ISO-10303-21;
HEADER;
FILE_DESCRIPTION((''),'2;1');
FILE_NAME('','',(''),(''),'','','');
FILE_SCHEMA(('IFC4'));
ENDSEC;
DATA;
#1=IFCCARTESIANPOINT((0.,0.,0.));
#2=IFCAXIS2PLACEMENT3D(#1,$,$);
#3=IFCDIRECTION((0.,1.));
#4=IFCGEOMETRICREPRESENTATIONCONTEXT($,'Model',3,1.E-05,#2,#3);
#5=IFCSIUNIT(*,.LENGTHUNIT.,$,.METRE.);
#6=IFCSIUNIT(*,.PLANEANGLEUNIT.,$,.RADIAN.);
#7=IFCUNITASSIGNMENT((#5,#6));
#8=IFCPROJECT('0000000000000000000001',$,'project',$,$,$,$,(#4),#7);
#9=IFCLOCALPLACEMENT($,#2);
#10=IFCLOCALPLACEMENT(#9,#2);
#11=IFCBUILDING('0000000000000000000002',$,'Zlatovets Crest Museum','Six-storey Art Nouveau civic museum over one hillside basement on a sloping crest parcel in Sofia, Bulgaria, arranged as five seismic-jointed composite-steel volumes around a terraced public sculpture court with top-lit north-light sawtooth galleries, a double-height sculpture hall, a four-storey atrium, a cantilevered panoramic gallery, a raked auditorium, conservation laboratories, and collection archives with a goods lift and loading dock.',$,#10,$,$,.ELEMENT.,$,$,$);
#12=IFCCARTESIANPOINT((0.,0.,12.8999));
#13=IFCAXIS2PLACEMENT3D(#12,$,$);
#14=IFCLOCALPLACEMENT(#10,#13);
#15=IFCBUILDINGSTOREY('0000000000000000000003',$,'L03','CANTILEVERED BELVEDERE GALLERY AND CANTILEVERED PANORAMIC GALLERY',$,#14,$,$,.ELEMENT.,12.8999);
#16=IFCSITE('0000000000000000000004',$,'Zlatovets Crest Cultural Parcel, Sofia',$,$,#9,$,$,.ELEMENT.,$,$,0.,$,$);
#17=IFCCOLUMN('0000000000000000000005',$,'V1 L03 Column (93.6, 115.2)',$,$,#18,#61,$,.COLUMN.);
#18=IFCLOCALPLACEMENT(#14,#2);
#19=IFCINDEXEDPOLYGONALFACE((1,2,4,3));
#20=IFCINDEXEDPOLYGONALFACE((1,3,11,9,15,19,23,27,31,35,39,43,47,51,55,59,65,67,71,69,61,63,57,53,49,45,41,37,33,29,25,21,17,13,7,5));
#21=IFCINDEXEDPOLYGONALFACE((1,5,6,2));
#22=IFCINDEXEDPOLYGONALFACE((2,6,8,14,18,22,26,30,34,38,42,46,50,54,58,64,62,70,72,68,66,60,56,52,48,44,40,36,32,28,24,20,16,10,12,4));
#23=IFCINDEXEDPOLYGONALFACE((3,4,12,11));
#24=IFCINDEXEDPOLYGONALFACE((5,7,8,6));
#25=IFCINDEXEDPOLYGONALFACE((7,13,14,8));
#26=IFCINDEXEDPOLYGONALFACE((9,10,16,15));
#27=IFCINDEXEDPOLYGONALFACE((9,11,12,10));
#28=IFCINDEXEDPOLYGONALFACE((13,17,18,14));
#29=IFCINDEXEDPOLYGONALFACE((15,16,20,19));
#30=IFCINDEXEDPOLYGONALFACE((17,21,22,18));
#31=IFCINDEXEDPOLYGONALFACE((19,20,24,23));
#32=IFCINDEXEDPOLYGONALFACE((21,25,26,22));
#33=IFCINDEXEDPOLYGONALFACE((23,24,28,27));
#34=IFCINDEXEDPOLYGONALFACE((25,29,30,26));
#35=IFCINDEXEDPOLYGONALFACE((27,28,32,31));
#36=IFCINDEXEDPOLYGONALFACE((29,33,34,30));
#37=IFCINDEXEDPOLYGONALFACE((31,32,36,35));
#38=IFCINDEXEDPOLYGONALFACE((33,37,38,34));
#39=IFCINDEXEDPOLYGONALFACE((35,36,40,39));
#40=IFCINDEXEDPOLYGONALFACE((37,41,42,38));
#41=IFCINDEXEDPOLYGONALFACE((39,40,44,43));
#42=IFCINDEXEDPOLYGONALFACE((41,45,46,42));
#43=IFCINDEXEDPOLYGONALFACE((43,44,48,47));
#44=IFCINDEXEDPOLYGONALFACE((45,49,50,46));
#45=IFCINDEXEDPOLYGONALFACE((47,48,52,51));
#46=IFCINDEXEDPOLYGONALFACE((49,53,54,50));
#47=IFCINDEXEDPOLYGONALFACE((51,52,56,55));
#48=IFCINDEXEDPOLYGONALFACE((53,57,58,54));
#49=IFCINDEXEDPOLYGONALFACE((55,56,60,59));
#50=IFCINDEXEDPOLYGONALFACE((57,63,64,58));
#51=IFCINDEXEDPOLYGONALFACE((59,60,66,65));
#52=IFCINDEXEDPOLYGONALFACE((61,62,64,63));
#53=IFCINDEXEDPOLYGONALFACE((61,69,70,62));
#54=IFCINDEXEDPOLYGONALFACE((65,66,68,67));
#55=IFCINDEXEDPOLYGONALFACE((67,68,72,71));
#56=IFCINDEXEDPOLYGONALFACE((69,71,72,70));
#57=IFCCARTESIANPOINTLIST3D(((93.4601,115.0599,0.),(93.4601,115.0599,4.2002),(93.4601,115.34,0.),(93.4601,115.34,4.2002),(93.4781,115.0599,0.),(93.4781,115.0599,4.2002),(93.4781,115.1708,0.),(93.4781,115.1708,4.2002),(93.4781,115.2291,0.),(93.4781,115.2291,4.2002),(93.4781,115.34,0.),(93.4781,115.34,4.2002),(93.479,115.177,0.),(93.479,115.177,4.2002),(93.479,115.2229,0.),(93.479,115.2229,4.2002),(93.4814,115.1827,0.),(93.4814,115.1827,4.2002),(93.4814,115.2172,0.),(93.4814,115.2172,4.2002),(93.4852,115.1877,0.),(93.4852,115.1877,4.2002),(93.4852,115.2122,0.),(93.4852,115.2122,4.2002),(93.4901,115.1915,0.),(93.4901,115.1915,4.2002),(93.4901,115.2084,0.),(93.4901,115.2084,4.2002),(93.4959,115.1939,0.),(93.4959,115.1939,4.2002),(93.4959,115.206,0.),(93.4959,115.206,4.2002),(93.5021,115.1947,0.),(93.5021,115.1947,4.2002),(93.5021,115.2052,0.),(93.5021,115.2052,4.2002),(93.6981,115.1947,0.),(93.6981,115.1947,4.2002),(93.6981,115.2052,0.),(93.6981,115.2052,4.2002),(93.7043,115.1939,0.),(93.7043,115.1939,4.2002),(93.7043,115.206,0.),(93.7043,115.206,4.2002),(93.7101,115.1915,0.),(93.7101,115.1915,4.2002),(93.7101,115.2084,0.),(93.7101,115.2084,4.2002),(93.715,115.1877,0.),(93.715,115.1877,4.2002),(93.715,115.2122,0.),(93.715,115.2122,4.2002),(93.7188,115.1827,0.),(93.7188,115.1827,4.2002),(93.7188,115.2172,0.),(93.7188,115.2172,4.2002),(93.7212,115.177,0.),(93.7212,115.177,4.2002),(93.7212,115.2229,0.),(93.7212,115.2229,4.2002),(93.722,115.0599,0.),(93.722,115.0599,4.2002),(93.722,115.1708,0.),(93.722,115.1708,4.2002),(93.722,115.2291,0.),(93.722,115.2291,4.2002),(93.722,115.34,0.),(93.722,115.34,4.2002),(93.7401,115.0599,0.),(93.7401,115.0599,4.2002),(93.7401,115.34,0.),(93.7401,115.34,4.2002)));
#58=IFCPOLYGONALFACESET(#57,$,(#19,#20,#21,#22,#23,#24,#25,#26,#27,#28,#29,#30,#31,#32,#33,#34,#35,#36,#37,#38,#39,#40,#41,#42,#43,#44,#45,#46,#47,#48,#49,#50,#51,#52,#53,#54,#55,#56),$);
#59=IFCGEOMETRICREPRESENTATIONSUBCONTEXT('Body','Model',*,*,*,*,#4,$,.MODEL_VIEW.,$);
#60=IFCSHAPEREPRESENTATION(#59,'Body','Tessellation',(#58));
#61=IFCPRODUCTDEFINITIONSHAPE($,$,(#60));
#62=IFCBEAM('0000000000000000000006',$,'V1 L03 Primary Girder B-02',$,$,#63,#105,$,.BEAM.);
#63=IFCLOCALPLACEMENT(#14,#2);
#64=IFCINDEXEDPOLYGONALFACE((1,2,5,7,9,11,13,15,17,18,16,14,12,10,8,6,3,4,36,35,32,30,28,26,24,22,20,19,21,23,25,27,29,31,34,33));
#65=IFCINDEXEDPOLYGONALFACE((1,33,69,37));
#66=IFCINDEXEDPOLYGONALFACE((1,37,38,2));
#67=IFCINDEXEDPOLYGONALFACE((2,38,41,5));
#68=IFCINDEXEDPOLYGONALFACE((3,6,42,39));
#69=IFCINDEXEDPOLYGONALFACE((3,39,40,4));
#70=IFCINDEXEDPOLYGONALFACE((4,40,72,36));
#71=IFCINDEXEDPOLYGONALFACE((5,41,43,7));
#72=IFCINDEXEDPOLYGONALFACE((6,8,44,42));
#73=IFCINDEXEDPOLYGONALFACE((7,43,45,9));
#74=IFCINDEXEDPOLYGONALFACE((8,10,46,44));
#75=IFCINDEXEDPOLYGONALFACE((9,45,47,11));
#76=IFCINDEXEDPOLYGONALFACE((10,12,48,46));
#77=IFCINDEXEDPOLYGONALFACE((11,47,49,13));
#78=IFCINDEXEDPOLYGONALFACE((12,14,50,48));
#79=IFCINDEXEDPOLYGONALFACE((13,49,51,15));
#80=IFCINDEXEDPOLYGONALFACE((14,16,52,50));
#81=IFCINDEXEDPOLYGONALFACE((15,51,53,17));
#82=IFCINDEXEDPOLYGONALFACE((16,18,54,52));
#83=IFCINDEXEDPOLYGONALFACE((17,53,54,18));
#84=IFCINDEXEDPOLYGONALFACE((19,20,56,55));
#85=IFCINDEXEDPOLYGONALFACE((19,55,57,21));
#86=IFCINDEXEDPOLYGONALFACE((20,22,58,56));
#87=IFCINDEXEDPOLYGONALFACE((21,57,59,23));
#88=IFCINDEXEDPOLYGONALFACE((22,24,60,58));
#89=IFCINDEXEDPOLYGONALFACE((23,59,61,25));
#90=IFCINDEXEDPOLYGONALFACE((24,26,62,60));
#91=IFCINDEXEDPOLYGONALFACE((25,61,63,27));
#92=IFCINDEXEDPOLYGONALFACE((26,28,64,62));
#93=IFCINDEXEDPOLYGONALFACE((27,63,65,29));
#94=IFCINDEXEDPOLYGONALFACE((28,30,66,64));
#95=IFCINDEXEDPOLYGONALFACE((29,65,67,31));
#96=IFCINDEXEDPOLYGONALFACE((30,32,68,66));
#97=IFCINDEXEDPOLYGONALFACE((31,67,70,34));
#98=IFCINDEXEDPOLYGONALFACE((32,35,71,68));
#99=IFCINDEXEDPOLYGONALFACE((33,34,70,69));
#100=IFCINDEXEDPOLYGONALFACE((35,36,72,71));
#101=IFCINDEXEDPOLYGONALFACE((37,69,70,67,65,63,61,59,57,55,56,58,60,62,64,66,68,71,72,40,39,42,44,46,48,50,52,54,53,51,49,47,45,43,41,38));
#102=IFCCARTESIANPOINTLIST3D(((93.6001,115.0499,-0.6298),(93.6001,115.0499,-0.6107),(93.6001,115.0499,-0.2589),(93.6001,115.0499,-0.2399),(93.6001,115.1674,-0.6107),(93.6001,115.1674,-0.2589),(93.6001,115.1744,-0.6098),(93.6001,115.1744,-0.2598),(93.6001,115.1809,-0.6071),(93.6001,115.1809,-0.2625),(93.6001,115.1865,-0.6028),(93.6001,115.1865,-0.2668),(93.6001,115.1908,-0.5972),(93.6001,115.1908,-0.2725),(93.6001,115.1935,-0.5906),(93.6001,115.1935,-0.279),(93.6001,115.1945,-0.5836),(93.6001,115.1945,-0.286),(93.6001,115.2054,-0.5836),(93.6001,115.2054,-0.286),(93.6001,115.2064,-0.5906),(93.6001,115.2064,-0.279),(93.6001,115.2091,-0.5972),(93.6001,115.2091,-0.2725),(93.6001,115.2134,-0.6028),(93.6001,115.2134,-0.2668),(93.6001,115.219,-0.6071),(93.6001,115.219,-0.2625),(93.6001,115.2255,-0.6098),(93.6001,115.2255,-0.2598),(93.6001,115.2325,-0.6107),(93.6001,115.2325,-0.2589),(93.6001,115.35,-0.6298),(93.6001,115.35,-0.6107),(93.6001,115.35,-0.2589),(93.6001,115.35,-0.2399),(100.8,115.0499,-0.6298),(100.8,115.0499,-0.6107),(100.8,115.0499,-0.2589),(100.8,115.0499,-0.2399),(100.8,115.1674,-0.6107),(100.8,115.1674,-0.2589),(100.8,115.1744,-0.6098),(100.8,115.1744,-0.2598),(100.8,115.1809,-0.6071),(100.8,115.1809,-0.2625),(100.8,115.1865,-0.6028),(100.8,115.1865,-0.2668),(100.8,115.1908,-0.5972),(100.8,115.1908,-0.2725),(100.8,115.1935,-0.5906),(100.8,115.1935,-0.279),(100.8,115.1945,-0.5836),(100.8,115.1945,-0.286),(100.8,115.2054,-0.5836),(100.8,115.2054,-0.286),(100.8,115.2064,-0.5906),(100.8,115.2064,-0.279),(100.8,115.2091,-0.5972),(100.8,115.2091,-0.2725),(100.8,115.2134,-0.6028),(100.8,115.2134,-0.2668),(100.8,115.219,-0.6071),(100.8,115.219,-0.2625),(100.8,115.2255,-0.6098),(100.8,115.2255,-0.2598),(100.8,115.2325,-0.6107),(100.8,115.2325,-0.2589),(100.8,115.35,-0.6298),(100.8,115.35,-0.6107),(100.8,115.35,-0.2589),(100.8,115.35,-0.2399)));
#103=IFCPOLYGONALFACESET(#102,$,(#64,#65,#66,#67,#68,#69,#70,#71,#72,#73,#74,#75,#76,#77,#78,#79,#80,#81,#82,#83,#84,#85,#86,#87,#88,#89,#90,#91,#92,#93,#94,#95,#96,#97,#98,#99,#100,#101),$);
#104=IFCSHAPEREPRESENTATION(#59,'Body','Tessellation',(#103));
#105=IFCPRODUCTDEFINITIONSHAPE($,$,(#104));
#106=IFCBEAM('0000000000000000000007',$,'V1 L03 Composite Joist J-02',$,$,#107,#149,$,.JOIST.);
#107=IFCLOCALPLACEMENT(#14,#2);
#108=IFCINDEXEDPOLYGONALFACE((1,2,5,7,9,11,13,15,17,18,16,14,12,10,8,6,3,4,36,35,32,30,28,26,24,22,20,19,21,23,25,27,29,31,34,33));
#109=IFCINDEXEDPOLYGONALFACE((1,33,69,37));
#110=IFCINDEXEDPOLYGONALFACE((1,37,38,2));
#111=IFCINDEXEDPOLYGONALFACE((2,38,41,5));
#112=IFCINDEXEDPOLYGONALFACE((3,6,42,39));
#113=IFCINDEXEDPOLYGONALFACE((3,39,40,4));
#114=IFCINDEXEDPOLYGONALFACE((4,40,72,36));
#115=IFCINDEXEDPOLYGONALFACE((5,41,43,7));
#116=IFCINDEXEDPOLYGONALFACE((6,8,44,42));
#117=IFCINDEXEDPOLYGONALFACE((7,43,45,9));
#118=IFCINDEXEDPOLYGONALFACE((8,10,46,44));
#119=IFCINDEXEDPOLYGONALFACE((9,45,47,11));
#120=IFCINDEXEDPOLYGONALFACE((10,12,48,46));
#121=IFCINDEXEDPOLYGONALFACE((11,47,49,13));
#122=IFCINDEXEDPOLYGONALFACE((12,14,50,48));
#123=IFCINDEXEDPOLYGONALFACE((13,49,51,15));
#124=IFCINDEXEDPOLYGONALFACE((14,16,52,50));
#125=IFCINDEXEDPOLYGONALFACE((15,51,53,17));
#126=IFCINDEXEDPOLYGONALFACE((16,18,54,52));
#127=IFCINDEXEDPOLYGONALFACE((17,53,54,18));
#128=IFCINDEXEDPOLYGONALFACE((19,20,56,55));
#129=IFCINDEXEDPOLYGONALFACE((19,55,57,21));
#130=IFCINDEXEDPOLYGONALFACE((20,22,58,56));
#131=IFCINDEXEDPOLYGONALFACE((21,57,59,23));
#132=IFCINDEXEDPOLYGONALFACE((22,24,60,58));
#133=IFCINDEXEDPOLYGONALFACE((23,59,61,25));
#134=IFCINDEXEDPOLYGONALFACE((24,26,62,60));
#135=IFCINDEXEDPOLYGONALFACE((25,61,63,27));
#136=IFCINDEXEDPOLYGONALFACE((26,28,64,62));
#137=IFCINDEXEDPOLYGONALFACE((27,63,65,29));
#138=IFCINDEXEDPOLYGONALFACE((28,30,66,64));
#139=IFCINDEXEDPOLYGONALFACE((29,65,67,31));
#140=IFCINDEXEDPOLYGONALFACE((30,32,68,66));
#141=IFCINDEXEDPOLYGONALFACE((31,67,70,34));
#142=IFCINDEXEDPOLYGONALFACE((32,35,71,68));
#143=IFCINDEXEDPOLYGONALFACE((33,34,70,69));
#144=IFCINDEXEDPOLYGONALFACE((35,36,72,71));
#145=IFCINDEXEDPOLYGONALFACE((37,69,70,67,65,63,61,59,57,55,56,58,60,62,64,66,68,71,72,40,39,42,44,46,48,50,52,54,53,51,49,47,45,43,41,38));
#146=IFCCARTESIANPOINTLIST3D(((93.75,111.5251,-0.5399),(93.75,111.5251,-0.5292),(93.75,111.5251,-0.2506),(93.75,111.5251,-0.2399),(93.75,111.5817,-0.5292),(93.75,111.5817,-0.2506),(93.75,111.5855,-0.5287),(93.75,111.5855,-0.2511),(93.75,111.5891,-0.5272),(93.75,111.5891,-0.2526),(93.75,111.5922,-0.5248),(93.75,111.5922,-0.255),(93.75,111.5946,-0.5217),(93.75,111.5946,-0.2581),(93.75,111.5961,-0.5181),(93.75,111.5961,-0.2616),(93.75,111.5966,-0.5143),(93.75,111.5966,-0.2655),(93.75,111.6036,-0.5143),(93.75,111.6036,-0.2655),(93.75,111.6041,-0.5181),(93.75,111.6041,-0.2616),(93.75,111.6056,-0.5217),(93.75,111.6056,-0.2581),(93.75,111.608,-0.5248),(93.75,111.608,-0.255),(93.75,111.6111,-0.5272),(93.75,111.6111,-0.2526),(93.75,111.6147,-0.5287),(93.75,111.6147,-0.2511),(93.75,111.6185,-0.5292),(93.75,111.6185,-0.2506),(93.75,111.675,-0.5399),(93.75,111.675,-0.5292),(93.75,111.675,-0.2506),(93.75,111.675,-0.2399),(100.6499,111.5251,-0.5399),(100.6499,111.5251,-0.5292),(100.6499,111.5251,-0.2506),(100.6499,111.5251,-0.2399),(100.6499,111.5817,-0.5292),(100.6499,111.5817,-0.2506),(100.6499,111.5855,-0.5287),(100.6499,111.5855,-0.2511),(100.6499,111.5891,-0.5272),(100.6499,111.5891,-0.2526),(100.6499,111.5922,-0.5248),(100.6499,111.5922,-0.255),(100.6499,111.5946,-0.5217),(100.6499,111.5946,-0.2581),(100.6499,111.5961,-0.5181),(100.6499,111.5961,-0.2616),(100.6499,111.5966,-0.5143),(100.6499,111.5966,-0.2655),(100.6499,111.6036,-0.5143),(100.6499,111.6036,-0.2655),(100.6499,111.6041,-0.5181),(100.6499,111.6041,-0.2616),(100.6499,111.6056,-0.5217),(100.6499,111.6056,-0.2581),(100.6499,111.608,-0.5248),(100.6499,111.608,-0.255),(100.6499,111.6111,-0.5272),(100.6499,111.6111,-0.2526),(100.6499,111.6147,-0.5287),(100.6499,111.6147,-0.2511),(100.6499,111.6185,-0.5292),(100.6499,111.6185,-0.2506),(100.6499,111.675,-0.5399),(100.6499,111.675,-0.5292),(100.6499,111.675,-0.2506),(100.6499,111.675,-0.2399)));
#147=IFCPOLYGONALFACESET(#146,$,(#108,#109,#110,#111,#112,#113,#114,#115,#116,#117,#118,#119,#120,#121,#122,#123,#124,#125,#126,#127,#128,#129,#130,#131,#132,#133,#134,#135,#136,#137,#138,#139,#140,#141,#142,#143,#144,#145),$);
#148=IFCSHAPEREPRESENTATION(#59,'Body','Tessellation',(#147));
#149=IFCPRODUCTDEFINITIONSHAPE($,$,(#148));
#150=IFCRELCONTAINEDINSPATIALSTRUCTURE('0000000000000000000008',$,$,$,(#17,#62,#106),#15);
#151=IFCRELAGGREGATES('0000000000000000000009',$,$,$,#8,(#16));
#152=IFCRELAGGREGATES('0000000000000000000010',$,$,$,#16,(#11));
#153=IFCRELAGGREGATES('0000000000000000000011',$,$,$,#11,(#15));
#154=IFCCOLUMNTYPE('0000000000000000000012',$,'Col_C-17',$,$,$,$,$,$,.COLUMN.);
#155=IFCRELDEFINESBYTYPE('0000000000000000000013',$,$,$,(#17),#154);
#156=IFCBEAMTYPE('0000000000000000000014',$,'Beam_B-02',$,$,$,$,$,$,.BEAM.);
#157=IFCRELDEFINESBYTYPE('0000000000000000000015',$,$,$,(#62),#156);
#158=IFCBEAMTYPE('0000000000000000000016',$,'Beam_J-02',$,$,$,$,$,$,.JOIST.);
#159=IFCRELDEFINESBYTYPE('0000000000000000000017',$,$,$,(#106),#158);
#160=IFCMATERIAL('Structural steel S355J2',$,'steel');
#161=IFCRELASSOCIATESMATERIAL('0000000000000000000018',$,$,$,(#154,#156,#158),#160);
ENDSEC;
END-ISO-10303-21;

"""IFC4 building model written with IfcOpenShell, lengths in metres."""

from ifc_helpers import new_model, si_unit, direction, frame, origin, origin_2d, place, context, subcontext, project, spatial, i_section, extrude, material, material_profile, profile_set, type_object, element, save


model = new_model("IFC4")

# Units and contexts
model_context = context("Model", 3, precision=1e-05, world=origin(), true_north=direction((0.0, 1.0)))
body_context = subcontext(model_context, "Body", "Model", "MODEL_VIEW")
ifc_project = project(units=[si_unit("LENGTHUNIT", "METRE"), si_unit("PLANEANGLEUNIT", "RADIAN")], contexts=[model_context])

# Site, building, storey
site_placement = place(None, origin())
site = spatial("IfcSite", under=ifc_project, at=site_placement, Name="Zlatovets Crest Cultural Parcel, Sofia", CompositionType="ELEMENT", RefElevation=0.0)
building_placement = place(site_placement, origin())
building = spatial("IfcBuilding", under=site, at=building_placement, Name="Zlatovets Crest Museum", Description="Six-storey Art Nouveau civic museum over one hillside basement on a sloping crest parcel in Sofia, Bulgaria, arranged as five seismic-jointed composite-steel volumes around a terraced public sculpture court with top-lit north-light sawtooth galleries, a double-height sculpture hall, a four-storey atrium, a cantilevered panoramic gallery, a raked auditorium, conservation laboratories, and collection archives with a goods lift and loading dock.", CompositionType="ELEMENT")
storey_placement = place(building_placement, frame((0.0, 0.0, 12.8999)))
storey = spatial("IfcBuildingStorey", under=building, at=storey_placement, Name="L03", Description="CANTILEVERED BELVEDERE GALLERY AND CANTILEVERED PANORAMIC GALLERY", CompositionType="ELEMENT", Elevation=12.8999)

# Column
ifc_material_1 = material(Name="Structural steel S355J2", Category="steel")
ifc_material_profile_1 = material_profile(ifc_material_1, i_section(OverallWidth=0.28, OverallDepth=0.28, WebThickness=0.0105, FlangeThickness=0.0181, FilletRadius=0.0239, at=origin_2d()), Name="HEB 280")
ifc_profile_set_1 = profile_set([ifc_material_profile_1], Name="Structural steel S355J2")
column_type = type_object("IfcColumnType", Name="Col_C-17", PredefinedType="COLUMN", material=ifc_profile_set_1)
column_placement = place(storey_placement, frame((93.6001, 115.2, 0.0), z_axis=(0.0, 0.0, 1.0), x_axis=(0.0, 1.0, 0.0)))
element("IfcColumn", 1, at=column_placement, inside=storey, type_object=column_type, Name="V1 L03 Column (93.6, 115.2)", PredefinedType="COLUMN", context=body_context, shape_type="SweptSolid", body=[
    extrude(i_section(OverallWidth=0.28, OverallDepth=0.28, WebThickness=0.0105, FlangeThickness=0.0181, FilletRadius=0.0239, at=origin_2d()), origin(), (0.0, 0.0, 1.0), 4.2002),
])

# Beams
ifc_material_profile_2 = material_profile(ifc_material_1, i_section(OverallWidth=0.3, OverallDepth=0.3899, WebThickness=0.011, FlangeThickness=0.019, FilletRadius=0.0271, at=origin_2d()), Name="HEA 400")
ifc_profile_set_2 = profile_set([ifc_material_profile_2], Name="Structural steel S355J2")
beam_type_1 = type_object("IfcBeamType", Name="Beam_B-02", PredefinedType="BEAM", material=ifc_profile_set_2)
beam_1_placement = place(storey_placement, frame((93.6001, 115.2, -0.4348), z_axis=(1.0, 0.0, 0.0), x_axis=(0.0, 1.0, 0.0)))
element("IfcBeam", 2, at=beam_1_placement, inside=storey, type_object=beam_type_1, Name="V1 L03 Primary Girder B-02", PredefinedType="BEAM", context=body_context, shape_type="SweptSolid", body=[
    extrude(i_section(OverallWidth=0.3, OverallDepth=0.3899, WebThickness=0.011, FlangeThickness=0.019, FilletRadius=0.0271, at=origin_2d()), origin(), (0.0, 0.0, 1.0), 7.2),
])
ifc_material_profile_3 = material_profile(ifc_material_1, i_section(OverallWidth=0.1499, OverallDepth=0.3, WebThickness=0.0071, FlangeThickness=0.0107, FilletRadius=0.0149, at=origin_2d()), Name="IPE 300")
ifc_profile_set_3 = profile_set([ifc_material_profile_3], Name="Structural steel S355J2")
beam_type_2 = type_object("IfcBeamType", Name="Beam_J-02", PredefinedType="JOIST", material=ifc_profile_set_3)
beam_2_placement = place(storey_placement, frame((93.75, 111.6001, -0.3899), z_axis=(1.0, 0.0, 0.0), x_axis=(0.0, 1.0, 0.0)))
element("IfcBeam", 3, at=beam_2_placement, inside=storey, type_object=beam_type_2, Name="V1 L03 Composite Joist J-02", PredefinedType="JOIST", context=body_context, shape_type="SweptSolid", body=[
    extrude(i_section(OverallWidth=0.1499, OverallDepth=0.3, WebThickness=0.0071, FlangeThickness=0.0107, FilletRadius=0.0149, at=origin_2d()), origin(), (0.0, 0.0, 1.0), 6.8999),
])

save(model, "model.ifc")
